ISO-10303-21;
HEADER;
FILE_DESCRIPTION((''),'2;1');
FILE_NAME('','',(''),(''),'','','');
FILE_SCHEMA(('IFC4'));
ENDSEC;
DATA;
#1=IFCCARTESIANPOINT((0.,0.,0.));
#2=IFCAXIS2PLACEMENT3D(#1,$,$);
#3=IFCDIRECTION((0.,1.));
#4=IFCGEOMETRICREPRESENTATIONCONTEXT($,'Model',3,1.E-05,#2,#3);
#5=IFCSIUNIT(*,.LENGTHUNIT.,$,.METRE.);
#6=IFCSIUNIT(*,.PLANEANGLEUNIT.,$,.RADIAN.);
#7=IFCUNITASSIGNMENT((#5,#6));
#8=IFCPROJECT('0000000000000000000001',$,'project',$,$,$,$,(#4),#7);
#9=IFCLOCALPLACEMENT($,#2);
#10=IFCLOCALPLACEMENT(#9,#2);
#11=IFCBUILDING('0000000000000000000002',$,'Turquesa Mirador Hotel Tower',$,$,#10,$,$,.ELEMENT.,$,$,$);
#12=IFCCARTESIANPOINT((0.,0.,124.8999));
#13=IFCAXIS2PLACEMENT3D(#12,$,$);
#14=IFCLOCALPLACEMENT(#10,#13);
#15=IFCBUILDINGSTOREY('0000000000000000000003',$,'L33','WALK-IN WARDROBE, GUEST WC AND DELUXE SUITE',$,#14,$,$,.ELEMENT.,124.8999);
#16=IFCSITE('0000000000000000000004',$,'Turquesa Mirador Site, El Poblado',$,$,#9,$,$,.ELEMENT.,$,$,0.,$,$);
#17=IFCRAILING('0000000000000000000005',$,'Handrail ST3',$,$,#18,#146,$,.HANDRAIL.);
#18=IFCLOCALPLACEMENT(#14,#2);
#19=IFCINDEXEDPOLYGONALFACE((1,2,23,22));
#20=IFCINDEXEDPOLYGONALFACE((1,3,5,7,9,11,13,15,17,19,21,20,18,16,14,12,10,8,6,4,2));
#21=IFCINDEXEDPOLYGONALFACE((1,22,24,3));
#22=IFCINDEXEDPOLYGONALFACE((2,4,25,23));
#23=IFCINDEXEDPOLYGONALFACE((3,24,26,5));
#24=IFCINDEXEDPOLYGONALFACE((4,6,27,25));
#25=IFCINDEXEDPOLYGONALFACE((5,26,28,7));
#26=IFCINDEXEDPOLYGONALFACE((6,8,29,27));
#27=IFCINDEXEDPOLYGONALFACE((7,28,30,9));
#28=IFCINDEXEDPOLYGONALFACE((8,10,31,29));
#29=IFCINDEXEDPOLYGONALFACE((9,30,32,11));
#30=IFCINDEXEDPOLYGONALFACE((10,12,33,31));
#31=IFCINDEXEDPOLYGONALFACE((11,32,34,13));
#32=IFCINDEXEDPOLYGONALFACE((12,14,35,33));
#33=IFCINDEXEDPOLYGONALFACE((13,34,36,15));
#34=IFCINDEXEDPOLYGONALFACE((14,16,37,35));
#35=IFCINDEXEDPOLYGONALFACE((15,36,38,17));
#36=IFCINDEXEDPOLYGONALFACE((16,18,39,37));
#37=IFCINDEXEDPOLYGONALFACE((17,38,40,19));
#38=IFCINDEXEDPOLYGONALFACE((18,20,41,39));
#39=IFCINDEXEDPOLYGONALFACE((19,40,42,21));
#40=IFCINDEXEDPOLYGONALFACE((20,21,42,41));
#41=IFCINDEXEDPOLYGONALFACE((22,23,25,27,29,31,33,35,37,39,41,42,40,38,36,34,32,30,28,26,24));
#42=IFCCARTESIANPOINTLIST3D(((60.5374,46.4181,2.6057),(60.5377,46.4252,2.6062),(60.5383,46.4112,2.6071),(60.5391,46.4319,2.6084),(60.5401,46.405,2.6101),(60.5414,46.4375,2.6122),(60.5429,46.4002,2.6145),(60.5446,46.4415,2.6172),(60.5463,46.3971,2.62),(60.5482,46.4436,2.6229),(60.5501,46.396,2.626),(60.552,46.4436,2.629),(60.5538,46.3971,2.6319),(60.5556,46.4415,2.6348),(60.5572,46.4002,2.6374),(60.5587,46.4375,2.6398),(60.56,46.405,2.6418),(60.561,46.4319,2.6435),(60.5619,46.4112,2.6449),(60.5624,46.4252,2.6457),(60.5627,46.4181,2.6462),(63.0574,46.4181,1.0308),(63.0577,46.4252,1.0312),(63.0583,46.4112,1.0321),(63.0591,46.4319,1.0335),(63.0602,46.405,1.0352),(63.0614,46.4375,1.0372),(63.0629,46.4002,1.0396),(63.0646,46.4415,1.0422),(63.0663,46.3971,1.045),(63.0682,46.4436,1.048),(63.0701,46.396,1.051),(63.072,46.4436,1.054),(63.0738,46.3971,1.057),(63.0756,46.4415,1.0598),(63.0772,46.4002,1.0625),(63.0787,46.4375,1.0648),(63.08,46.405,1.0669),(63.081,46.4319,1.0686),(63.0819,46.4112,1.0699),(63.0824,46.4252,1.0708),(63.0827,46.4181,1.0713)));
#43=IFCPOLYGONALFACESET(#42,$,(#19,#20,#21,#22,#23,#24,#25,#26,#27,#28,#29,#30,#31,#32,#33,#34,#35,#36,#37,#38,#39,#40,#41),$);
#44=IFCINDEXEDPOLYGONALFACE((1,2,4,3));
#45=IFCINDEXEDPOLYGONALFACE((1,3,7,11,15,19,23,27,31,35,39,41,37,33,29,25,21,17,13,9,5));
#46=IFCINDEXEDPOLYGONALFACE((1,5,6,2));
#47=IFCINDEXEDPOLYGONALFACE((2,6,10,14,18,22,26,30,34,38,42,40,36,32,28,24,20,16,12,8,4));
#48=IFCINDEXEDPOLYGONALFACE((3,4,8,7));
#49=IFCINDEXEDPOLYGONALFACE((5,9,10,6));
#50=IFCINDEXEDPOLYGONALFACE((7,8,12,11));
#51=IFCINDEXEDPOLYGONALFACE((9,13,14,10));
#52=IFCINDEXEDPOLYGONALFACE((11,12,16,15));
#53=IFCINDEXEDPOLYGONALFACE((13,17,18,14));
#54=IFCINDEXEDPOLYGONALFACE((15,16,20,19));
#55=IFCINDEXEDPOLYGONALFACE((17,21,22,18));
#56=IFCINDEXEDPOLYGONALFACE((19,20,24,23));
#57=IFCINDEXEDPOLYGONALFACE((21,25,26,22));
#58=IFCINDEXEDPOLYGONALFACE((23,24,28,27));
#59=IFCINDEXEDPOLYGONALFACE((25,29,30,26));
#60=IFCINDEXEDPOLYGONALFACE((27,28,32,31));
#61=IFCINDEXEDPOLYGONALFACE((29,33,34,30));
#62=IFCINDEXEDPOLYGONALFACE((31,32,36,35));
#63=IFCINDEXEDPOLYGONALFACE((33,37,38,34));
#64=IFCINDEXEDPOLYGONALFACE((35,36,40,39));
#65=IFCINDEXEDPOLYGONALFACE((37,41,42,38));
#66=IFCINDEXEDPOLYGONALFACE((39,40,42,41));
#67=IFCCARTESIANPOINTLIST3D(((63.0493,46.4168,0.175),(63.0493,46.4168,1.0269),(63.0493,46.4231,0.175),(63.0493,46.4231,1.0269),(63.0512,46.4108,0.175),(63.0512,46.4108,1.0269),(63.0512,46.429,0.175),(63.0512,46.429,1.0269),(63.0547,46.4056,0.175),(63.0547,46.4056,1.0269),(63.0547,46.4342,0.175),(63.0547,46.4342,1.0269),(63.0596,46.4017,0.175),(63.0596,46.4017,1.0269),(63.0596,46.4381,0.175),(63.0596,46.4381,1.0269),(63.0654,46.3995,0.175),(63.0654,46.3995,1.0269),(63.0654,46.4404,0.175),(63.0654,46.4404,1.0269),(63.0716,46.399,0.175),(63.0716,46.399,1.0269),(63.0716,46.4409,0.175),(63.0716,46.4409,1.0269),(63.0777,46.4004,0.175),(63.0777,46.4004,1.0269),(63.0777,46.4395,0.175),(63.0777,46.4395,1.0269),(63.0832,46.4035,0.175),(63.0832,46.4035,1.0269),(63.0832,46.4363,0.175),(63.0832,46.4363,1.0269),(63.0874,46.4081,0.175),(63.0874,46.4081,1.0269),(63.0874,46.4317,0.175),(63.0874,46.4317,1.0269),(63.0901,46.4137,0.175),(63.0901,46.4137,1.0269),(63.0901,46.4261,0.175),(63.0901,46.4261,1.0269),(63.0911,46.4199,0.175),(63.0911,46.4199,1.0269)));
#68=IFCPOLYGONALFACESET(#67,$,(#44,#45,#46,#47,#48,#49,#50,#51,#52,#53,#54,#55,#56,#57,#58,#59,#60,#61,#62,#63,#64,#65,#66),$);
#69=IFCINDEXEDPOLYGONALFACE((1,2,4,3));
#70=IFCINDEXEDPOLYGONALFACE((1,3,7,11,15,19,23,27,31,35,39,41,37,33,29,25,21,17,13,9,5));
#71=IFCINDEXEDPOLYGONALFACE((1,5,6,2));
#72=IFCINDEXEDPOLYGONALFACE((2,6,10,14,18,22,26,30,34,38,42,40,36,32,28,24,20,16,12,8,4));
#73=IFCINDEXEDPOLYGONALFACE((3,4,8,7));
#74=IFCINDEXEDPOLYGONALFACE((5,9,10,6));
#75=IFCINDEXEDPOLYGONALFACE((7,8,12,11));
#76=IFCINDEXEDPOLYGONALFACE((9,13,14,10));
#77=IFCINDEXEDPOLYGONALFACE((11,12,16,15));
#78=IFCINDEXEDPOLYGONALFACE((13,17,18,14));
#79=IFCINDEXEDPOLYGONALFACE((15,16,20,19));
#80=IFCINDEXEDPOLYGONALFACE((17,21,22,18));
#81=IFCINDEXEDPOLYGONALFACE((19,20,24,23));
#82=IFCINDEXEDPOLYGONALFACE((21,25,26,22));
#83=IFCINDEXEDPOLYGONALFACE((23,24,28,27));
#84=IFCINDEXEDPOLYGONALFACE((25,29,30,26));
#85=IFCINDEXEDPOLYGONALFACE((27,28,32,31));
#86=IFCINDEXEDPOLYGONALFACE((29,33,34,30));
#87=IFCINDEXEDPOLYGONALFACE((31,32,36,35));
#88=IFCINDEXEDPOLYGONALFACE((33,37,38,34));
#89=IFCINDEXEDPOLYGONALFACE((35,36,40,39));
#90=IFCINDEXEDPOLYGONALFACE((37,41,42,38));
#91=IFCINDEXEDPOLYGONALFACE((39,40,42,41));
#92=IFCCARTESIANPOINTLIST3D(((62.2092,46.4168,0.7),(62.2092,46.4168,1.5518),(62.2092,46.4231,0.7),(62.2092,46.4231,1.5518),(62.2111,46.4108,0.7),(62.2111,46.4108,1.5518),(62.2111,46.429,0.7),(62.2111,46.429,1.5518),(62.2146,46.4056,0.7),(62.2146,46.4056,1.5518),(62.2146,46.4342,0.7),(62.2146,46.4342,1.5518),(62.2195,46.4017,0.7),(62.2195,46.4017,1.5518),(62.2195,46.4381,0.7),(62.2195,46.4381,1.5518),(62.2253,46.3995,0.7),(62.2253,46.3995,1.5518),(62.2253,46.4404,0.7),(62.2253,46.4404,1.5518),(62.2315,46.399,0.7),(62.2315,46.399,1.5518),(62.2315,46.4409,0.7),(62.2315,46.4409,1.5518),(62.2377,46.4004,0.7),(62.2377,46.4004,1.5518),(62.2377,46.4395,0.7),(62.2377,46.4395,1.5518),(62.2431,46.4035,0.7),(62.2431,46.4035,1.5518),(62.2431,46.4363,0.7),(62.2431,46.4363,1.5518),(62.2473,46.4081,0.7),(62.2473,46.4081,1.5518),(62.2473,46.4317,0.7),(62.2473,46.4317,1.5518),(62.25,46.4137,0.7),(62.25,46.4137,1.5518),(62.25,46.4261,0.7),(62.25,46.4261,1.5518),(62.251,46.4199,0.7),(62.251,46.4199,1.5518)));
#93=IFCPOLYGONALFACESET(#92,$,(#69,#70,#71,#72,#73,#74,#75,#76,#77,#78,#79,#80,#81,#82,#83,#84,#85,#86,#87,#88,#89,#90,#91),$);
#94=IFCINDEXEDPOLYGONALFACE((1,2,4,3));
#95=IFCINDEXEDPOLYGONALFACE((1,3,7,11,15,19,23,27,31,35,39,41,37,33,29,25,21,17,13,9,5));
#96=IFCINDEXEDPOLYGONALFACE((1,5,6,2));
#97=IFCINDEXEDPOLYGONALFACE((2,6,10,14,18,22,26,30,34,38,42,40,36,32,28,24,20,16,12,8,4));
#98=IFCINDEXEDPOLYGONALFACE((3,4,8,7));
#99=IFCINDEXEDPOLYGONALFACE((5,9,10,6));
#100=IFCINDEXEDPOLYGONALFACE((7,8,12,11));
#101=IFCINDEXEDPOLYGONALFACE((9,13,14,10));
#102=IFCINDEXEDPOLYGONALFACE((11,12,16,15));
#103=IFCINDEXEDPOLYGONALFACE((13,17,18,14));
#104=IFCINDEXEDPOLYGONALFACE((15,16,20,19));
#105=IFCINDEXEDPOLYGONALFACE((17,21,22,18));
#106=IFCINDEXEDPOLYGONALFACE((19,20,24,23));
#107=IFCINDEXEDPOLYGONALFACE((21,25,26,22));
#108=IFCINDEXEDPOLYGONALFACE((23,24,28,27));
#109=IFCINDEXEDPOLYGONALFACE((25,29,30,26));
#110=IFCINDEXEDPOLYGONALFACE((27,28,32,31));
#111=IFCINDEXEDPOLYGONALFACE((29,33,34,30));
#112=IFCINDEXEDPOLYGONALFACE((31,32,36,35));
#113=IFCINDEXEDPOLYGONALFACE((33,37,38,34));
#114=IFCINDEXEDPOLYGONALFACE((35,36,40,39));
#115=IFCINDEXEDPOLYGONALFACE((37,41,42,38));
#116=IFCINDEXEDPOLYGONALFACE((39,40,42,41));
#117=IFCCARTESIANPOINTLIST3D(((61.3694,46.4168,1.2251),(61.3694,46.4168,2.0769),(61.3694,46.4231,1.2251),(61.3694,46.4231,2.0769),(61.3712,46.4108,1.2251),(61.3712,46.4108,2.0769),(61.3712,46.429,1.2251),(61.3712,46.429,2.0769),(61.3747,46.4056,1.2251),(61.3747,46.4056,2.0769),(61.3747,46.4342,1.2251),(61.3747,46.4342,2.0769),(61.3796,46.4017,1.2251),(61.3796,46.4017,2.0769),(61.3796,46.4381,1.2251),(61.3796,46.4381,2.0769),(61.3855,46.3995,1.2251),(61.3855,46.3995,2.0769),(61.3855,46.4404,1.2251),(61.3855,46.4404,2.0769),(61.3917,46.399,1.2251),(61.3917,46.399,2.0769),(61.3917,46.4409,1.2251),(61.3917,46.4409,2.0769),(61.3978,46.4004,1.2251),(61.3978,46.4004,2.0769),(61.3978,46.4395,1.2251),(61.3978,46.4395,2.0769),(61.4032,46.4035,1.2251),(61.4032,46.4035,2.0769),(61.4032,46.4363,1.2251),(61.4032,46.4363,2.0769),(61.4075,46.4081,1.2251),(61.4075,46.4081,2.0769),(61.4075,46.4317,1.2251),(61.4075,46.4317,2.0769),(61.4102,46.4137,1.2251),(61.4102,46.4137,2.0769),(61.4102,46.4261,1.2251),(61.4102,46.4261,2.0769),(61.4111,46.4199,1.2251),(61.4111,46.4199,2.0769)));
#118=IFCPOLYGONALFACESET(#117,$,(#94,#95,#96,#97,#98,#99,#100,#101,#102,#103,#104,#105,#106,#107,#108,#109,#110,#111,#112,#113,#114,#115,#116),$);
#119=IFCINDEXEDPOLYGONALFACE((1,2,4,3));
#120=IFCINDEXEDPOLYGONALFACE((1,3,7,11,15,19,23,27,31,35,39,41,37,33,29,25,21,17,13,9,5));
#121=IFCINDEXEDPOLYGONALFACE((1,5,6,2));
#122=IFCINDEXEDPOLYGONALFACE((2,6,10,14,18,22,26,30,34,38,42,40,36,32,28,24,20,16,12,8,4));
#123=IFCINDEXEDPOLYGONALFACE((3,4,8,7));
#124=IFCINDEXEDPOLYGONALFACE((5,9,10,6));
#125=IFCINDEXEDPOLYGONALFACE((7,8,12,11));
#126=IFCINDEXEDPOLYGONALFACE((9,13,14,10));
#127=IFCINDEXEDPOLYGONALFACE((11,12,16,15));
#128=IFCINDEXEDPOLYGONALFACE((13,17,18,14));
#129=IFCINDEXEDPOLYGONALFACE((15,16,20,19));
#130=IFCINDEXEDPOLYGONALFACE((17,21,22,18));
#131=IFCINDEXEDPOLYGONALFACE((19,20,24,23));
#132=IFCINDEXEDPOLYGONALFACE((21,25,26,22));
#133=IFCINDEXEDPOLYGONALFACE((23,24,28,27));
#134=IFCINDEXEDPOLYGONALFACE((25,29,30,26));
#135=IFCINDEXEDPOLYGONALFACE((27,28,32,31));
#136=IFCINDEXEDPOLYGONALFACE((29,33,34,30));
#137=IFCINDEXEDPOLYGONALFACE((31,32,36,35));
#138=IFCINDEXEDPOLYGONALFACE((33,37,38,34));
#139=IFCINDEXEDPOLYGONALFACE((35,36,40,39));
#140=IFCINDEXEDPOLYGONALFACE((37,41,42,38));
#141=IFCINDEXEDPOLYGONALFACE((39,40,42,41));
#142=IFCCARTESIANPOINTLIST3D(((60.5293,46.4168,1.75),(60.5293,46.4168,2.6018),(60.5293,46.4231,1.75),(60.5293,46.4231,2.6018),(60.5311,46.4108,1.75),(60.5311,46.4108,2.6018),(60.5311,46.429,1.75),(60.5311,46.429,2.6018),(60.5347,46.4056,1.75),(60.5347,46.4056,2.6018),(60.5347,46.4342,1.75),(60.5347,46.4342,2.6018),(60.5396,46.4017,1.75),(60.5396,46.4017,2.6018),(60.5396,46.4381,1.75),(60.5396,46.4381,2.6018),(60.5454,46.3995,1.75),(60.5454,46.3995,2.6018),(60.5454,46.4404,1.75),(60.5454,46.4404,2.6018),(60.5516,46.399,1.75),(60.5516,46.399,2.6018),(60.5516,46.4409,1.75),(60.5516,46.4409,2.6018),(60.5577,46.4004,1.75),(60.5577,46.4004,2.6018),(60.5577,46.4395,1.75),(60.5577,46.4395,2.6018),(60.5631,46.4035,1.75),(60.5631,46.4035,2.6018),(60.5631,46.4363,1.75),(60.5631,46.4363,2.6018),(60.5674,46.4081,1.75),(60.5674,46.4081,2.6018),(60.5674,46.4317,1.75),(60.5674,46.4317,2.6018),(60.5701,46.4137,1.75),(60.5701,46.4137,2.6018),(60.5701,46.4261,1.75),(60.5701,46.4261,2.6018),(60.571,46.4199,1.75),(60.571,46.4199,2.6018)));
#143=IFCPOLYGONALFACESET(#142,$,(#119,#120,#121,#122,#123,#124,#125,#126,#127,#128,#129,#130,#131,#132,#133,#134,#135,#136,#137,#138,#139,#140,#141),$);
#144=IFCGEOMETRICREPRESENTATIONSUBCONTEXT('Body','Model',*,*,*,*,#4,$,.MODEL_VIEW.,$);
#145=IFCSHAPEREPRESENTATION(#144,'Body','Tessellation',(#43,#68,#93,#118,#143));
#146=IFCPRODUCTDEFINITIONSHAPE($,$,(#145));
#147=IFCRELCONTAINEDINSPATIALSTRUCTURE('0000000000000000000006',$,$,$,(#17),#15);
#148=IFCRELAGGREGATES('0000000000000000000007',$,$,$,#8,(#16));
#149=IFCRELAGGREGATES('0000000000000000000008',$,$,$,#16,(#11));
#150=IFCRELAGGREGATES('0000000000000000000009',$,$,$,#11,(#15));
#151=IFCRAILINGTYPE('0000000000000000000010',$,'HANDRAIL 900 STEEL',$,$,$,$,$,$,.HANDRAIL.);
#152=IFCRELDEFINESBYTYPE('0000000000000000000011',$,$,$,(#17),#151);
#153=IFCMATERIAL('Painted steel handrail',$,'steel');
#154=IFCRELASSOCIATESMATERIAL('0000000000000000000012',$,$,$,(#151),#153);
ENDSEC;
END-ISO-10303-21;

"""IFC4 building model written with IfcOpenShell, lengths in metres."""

from ifc_helpers import new_model, si_unit, direction, frame, origin, origin_2d, place, context, subcontext, project, spatial, circle, extrude, material, type_object, element, save


model = new_model("IFC4")

# Units and contexts
model_context = context("Model", 3, precision=1e-05, world=origin(), true_north=direction((0.0, 1.0)))
body_context = subcontext(model_context, "Body", "Model", "MODEL_VIEW")
ifc_project = project(units=[si_unit("LENGTHUNIT", "METRE"), si_unit("PLANEANGLEUNIT", "RADIAN")], contexts=[model_context])

# Site, building, storey
site_placement = place(None, origin())
site = spatial("IfcSite", under=ifc_project, at=site_placement, Name="Turquesa Mirador Site, El Poblado", CompositionType="ELEMENT", RefElevation=0.0)
building_placement = place(site_placement, origin())
building = spatial("IfcBuilding", under=site, at=building_placement, Name="Turquesa Mirador Hotel Tower", CompositionType="ELEMENT")
storey_placement = place(building_placement, frame((0.0, 0.0, 124.8999)))
storey = spatial("IfcBuildingStorey", under=building, at=storey_placement, Name="L33", Description="WALK-IN WARDROBE, GUEST WC AND DELUXE SUITE", CompositionType="ELEMENT", Elevation=124.8999)

# Railing
ifc_material_1 = material(Name="Painted steel handrail", Category="steel")
railing_type = type_object("IfcRailingType", Name="HANDRAIL 900 STEEL", PredefinedType="HANDRAIL", material=ifc_material_1)
railing_1_placement = place(storey_placement, frame((63.0701, 46.4199, 0.175)))
element("IfcRailing", 1, at=railing_1_placement, inside=storey, type_object=railing_type, Name="Handrail ST3", PredefinedType="HANDRAIL", context=body_context, shape_type="SweptSolid", body=[
    extrude(circle(Radius=0.0239, at=origin_2d()), frame((0.0, 0.0, 0.876), z_axis=(-0.848008, 0.0, 0.529984), x_axis=(0.0, -1.0, 0.0)), (0.0, 0.0, 1.0), 2.9717),
    extrude(circle(Radius=0.021, at=origin_2d()), origin(), (0.0, 0.0, 1.0), 0.8518),
    extrude(circle(Radius=0.021, at=origin_2d()), frame((-0.8401, 0.0, 0.5249)), (0.0, 0.0, 1.0), 0.8518),
    extrude(circle(Radius=0.021, at=origin_2d()), frame((-1.6799, 0.0, 1.05)), (0.0, 0.0, 1.0), 0.8518),
    extrude(circle(Radius=0.021, at=origin_2d()), frame((-2.52, 0.0, 1.575)), (0.0, 0.0, 1.0), 0.8518),
])

save(model, "model.ifc")
